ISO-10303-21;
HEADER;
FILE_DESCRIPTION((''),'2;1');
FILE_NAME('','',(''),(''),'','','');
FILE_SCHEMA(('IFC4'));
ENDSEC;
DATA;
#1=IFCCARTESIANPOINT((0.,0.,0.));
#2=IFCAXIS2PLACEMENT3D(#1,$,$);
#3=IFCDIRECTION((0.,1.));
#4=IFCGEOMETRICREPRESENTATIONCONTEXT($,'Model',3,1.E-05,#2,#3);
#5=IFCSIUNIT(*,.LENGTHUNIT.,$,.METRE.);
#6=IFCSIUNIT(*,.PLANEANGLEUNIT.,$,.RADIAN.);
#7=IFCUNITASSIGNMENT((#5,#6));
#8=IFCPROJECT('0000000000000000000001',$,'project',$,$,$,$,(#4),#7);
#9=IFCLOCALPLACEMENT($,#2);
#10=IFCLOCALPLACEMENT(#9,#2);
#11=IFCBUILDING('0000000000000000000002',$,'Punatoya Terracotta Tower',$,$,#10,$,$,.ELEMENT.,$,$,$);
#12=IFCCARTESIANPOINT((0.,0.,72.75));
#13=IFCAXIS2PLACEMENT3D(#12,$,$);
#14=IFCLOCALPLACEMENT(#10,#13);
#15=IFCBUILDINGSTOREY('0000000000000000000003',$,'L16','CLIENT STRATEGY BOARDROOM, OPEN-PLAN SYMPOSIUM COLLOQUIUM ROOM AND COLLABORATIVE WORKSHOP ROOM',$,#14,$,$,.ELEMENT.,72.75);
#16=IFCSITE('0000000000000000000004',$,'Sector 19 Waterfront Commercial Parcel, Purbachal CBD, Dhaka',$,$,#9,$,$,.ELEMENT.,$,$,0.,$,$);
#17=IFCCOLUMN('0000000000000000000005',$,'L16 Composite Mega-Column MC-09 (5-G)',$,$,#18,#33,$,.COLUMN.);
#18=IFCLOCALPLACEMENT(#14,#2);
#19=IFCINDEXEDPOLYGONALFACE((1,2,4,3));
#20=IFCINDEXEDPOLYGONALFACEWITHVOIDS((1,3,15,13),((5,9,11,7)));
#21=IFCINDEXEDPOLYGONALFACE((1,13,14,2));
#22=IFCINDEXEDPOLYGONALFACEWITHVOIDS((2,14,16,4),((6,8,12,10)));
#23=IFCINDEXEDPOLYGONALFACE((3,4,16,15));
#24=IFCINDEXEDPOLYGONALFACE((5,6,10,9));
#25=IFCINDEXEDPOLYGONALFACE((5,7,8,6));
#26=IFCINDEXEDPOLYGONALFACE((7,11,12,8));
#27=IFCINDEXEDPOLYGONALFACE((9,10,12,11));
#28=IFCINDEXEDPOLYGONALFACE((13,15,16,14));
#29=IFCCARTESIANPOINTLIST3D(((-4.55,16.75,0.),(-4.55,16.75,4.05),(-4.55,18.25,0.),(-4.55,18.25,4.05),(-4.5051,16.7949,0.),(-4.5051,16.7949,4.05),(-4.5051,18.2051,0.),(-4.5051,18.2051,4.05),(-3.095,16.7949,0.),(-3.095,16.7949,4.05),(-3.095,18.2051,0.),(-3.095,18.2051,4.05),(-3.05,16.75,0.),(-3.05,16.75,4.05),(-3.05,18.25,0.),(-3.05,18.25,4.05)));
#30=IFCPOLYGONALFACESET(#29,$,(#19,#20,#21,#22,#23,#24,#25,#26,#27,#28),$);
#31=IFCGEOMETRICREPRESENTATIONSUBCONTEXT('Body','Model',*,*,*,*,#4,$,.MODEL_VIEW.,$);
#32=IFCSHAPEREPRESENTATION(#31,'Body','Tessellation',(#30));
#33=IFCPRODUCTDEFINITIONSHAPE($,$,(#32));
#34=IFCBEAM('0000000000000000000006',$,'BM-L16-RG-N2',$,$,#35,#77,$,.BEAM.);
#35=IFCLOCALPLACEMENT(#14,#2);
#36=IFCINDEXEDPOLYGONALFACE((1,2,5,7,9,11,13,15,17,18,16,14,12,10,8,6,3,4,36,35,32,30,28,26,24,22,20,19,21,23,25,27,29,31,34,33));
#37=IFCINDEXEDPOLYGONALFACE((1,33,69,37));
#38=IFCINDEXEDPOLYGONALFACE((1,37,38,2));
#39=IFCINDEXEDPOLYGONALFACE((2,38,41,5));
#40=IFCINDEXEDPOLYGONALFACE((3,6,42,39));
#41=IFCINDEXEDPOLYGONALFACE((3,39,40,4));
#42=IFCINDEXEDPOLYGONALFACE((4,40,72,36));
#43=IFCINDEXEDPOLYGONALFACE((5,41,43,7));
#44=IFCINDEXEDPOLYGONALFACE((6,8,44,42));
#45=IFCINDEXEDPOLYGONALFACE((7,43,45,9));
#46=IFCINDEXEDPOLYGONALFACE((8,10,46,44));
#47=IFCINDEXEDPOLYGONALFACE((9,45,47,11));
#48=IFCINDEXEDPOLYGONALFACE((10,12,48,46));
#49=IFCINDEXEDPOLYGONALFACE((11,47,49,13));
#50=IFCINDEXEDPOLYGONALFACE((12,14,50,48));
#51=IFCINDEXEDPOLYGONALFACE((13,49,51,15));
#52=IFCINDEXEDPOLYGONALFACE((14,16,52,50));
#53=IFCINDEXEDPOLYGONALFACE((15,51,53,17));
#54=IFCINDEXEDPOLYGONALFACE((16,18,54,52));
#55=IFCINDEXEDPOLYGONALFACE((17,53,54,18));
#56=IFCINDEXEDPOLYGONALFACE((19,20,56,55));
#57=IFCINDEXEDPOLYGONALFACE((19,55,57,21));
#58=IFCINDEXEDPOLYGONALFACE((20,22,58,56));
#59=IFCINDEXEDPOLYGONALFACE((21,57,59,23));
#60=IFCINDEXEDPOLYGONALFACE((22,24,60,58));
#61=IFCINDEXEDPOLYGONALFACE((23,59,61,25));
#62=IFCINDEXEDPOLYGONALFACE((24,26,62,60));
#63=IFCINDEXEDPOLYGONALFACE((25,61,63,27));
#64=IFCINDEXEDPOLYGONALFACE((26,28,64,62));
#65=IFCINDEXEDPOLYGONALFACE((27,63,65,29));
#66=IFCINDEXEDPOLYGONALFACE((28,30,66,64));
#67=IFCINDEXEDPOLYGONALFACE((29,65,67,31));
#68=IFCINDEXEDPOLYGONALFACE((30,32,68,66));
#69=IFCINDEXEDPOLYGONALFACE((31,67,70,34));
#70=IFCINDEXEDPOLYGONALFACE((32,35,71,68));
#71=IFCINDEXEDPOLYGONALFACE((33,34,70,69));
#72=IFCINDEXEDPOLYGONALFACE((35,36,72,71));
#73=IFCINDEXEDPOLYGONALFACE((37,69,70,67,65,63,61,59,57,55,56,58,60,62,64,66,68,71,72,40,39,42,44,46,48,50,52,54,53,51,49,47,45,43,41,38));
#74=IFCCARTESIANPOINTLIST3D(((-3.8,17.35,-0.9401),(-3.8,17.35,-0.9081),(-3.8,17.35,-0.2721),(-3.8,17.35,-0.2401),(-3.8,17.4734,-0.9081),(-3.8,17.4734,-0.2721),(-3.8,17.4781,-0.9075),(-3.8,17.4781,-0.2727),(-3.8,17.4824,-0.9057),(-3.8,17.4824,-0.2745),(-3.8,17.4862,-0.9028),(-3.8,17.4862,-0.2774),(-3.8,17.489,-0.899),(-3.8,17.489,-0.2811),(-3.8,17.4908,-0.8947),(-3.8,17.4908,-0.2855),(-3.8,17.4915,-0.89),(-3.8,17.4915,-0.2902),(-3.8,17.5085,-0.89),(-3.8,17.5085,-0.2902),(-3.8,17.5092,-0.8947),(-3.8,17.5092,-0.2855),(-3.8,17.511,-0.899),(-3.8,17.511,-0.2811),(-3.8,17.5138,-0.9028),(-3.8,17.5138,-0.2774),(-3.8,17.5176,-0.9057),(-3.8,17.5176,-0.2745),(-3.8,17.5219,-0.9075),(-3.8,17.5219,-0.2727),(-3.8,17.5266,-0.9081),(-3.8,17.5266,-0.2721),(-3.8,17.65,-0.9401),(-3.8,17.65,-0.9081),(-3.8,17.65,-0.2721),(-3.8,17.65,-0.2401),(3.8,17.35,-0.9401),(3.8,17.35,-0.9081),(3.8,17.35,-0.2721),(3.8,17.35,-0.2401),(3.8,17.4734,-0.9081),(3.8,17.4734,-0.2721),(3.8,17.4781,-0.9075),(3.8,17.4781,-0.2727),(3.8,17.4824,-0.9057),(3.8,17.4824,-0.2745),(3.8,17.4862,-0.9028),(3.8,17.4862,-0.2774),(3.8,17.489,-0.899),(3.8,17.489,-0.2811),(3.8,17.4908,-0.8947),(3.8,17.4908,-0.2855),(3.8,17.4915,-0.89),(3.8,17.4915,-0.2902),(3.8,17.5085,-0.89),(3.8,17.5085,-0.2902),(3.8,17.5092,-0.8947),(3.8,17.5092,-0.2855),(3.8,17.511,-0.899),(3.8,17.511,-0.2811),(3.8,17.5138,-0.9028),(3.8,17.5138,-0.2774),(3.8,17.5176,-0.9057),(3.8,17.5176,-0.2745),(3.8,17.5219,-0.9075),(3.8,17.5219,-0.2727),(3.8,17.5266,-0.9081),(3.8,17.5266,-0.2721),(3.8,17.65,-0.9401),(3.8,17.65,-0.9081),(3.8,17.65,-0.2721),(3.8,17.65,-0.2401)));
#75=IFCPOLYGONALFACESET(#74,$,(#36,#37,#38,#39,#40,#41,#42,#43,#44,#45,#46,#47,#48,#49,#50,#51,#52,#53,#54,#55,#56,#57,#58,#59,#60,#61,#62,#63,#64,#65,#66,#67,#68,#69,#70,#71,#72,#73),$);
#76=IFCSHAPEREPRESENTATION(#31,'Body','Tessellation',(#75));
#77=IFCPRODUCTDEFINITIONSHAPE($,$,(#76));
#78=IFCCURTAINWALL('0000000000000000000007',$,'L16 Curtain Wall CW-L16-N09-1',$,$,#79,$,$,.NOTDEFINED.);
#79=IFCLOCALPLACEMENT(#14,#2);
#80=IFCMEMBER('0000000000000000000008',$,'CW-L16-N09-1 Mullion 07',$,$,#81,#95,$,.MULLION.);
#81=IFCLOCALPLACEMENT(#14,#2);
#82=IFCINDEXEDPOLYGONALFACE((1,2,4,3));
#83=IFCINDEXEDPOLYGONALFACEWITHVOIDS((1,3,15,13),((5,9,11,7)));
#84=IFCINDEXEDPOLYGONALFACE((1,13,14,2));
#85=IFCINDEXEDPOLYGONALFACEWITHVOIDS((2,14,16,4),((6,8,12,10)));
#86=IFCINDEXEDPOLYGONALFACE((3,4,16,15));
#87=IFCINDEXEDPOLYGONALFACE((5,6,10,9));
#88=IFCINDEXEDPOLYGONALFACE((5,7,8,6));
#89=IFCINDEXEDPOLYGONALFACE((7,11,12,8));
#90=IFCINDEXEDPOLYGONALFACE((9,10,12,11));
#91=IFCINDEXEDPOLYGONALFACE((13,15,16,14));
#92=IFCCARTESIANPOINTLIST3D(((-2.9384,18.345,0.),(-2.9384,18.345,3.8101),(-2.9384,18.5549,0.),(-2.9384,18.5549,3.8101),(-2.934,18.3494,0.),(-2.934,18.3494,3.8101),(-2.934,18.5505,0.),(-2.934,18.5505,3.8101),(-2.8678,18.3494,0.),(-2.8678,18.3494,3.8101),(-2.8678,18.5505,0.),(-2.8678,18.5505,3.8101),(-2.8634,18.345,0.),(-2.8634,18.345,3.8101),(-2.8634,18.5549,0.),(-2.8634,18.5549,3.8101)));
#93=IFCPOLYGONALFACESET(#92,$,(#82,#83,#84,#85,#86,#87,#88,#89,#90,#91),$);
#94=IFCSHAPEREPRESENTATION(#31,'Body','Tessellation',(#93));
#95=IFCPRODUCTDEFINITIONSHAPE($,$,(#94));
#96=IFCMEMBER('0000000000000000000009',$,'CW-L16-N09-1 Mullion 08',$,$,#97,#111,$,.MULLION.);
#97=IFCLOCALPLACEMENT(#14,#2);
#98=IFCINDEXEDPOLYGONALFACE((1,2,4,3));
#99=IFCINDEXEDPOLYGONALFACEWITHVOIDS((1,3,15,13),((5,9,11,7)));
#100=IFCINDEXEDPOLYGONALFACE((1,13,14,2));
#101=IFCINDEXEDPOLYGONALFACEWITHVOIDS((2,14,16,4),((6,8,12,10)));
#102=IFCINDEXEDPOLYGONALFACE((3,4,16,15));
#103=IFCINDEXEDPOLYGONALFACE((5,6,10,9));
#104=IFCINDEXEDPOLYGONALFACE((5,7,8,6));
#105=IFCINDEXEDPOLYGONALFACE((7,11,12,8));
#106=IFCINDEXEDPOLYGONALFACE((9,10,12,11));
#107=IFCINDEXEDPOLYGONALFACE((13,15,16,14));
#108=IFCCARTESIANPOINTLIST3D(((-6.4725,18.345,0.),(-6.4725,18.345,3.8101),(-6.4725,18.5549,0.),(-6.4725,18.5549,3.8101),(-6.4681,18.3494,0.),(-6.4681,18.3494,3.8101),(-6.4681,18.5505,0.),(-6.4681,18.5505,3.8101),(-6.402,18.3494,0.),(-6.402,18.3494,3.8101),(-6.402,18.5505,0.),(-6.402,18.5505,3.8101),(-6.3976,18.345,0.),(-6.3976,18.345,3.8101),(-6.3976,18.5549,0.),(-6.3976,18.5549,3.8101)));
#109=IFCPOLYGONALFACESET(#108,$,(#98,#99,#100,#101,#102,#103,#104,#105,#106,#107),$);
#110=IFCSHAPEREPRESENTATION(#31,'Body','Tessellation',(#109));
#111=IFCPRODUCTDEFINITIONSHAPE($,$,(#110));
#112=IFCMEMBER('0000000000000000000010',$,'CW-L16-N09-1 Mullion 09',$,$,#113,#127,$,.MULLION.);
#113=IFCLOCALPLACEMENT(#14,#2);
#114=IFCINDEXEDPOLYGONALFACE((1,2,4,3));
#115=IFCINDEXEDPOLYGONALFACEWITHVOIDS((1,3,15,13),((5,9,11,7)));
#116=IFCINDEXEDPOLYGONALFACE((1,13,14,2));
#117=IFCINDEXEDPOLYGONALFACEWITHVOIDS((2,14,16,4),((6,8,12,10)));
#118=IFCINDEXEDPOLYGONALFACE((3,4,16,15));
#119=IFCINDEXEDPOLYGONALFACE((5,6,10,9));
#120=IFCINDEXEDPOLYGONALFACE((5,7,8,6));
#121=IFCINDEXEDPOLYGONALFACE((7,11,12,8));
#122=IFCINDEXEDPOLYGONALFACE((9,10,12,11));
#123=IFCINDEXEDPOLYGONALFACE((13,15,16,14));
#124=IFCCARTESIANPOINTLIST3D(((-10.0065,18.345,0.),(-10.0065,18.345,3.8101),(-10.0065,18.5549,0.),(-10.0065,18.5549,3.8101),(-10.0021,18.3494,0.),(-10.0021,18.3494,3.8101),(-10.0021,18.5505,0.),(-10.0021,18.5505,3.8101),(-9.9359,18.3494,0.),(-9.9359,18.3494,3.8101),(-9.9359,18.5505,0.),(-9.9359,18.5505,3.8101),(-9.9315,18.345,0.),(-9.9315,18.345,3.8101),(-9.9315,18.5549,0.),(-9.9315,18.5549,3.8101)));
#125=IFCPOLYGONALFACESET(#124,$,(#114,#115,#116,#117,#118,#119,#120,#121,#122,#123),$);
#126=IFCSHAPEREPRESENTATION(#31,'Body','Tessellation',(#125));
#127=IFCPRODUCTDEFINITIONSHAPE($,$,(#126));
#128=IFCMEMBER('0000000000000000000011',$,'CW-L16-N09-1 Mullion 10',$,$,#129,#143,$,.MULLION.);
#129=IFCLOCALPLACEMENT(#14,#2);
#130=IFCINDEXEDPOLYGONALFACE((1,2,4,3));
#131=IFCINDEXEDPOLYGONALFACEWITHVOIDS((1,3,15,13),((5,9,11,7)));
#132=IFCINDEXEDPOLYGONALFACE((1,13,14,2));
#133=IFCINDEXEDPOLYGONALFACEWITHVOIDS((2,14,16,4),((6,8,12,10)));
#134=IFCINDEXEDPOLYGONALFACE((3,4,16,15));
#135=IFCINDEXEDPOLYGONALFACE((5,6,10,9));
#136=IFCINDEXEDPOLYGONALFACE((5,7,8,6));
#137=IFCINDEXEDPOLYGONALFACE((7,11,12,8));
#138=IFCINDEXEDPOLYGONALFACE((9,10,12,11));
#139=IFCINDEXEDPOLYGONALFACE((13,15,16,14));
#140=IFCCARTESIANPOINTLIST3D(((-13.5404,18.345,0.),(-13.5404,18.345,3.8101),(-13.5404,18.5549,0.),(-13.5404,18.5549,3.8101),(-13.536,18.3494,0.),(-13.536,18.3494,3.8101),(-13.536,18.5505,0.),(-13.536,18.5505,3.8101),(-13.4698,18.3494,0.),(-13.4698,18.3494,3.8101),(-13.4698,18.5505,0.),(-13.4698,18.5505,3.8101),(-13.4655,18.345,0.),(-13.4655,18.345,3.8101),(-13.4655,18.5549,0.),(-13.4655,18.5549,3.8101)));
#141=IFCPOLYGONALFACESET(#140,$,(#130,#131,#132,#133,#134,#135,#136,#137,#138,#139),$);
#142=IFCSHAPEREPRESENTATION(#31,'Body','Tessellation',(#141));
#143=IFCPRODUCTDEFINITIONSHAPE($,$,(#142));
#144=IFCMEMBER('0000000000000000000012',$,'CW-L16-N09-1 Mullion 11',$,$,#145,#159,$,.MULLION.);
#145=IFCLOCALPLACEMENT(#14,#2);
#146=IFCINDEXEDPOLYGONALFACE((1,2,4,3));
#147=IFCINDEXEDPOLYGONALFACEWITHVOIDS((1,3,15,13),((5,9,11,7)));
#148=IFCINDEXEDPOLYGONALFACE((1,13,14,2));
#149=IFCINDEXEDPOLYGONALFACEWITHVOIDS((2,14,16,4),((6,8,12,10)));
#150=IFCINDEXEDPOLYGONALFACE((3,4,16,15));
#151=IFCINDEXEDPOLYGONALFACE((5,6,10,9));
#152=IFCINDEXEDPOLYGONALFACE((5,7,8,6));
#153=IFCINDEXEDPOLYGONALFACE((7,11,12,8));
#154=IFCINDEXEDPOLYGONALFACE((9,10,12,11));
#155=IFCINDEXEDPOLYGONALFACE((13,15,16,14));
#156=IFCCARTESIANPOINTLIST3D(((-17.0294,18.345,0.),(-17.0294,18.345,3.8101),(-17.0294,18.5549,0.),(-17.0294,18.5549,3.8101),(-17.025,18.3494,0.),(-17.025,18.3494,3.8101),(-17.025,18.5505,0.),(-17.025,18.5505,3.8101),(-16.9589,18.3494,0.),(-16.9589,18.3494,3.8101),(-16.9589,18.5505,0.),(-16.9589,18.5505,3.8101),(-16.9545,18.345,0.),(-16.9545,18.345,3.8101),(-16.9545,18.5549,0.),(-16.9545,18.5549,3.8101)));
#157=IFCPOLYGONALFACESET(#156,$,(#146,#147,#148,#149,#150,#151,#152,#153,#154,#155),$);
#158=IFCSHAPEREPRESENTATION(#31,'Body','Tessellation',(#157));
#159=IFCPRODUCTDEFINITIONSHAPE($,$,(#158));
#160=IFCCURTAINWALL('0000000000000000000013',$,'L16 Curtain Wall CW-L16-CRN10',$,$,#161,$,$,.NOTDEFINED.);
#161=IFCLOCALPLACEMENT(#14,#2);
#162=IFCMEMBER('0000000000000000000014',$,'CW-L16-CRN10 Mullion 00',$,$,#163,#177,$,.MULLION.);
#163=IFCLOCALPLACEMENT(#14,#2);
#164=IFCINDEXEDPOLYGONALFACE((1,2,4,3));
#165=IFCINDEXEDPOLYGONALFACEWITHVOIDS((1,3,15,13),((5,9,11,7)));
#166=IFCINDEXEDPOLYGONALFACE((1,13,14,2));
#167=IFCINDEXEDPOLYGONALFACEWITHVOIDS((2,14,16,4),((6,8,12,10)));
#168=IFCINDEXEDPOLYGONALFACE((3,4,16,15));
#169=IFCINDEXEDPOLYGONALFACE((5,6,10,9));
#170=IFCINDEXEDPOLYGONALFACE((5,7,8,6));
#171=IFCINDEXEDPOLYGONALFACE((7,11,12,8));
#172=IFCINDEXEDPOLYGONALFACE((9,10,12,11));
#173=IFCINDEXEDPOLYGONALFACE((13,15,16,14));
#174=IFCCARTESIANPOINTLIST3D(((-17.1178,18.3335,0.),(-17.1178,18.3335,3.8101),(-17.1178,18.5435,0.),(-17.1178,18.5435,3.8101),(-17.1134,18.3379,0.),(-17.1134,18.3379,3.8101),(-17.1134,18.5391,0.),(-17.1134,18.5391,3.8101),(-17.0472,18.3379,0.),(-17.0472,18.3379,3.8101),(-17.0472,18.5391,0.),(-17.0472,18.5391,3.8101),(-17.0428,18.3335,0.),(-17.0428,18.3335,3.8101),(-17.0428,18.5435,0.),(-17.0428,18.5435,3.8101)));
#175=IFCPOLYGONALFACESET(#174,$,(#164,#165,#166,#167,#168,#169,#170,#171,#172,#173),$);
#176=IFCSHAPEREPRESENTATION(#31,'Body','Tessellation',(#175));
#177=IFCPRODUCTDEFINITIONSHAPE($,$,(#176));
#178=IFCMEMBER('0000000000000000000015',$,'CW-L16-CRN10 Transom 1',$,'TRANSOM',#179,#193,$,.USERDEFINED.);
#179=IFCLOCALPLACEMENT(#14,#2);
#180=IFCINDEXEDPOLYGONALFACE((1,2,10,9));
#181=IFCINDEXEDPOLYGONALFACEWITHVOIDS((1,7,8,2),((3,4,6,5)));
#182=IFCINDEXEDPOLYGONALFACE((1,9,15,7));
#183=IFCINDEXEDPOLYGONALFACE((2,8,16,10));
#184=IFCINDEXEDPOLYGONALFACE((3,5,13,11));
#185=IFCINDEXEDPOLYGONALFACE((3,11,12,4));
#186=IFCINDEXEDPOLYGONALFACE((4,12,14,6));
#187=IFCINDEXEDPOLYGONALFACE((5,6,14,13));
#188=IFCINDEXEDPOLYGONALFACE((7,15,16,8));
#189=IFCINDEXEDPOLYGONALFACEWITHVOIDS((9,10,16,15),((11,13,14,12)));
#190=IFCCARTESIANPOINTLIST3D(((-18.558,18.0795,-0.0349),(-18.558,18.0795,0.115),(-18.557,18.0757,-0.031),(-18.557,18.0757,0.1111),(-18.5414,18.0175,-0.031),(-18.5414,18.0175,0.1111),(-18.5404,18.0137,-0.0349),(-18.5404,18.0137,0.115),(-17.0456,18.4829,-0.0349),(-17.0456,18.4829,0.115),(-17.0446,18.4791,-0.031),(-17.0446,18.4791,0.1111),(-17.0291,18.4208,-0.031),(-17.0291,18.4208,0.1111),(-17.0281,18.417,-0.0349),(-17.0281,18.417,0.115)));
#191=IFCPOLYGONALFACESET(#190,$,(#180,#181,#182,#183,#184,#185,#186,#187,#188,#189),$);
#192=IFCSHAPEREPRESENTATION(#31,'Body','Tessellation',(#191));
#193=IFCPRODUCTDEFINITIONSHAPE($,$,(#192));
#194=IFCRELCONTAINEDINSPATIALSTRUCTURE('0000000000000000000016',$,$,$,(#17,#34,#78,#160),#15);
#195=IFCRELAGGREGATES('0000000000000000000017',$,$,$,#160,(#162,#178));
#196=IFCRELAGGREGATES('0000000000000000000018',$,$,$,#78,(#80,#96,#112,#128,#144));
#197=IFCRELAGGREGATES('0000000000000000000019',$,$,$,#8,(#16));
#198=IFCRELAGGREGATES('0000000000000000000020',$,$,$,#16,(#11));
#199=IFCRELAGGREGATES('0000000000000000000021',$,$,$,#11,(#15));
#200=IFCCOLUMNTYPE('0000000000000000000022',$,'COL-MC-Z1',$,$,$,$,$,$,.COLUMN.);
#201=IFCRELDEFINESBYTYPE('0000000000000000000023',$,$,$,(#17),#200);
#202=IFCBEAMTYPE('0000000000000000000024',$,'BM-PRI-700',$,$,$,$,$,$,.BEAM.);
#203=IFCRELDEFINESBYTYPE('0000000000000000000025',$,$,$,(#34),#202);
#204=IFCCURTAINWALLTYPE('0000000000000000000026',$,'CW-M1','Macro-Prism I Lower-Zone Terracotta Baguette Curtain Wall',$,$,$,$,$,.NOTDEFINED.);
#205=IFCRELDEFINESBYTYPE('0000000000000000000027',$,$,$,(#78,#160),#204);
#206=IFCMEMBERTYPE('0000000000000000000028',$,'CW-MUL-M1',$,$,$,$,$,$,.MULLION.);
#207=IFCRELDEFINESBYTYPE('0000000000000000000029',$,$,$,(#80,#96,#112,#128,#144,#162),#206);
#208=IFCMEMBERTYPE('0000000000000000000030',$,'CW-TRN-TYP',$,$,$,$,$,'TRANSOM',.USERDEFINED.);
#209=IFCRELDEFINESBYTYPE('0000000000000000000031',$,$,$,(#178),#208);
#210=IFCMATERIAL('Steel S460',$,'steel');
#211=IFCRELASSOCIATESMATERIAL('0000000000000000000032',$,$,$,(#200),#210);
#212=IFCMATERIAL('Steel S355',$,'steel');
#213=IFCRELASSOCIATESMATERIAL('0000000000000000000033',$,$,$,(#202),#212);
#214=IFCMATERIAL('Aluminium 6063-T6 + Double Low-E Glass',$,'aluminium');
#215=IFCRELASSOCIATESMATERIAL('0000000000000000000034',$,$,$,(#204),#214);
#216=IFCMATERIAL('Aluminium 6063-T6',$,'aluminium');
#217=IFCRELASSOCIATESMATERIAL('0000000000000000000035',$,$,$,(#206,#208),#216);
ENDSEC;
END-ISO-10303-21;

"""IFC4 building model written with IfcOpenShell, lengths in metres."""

from ifc_helpers import new_model, si_unit, direction, frame, origin, origin_2d, place, context, subcontext, project, spatial, hollow_rectangle, i_section, extrude, material, material_profile, profile_set, type_object, element, aggregate, save


model = new_model("IFC4")

# Units and contexts
model_context = context("Model", 3, precision=1e-05, world=origin(), true_north=direction((0.0, 1.0)))
body_context = subcontext(model_context, "Body", "Model", "MODEL_VIEW")
ifc_project = project(units=[si_unit("LENGTHUNIT", "METRE"), si_unit("PLANEANGLEUNIT", "RADIAN")], contexts=[model_context])

# Site, building, storey
site_placement = place(None, origin())
site = spatial("IfcSite", under=ifc_project, at=site_placement, Name="Sector 19 Waterfront Commercial Parcel, Purbachal CBD, Dhaka", CompositionType="ELEMENT", RefElevation=0.0)
building_placement = place(site_placement, origin())
building = spatial("IfcBuilding", under=site, at=building_placement, Name="Punatoya Terracotta Tower", CompositionType="ELEMENT")
storey_placement = place(building_placement, frame((0.0, 0.0, 72.75)))
storey = spatial("IfcBuildingStorey", under=building, at=storey_placement, Name="L16", Description="CLIENT STRATEGY BOARDROOM, OPEN-PLAN SYMPOSIUM COLLOQUIUM ROOM AND COLLABORATIVE WORKSHOP ROOM", CompositionType="ELEMENT", Elevation=72.75)

# Column
ifc_material_1 = material(Name="Steel S460", Category="steel")
ifc_material_profile_1 = material_profile(ifc_material_1, hollow_rectangle(XDim=1.5, YDim=1.5, WallThickness=0.0449, at=origin_2d()))
ifc_profile_set_1 = profile_set([ifc_material_profile_1], Name="Steel S460")
column_type = type_object("IfcColumnType", Name="COL-MC-Z1", PredefinedType="COLUMN", material=ifc_profile_set_1)
column_placement = place(storey_placement, frame((-3.8, 17.5, 0.0), z_axis=(0.0, 0.0, 1.0), x_axis=(1.0, 0.0, 0.0)))
element("IfcColumn", 1, at=column_placement, inside=storey, type_object=column_type, Name="L16 Composite Mega-Column MC-09 (5-G)", PredefinedType="COLUMN", context=body_context, shape_type="SweptSolid", body=[
    extrude(hollow_rectangle(XDim=1.5, YDim=1.5, WallThickness=0.0449, at=origin_2d()), origin(), (0.0, 0.0, 1.0), 4.05),
])

# Beam
ifc_material_2 = material(Name="Steel S355", Category="steel")
ifc_material_profile_2 = material_profile(ifc_material_2, i_section(OverallWidth=0.3, OverallDepth=0.7, WebThickness=0.0171, FlangeThickness=0.032, FilletRadius=0.0181, at=origin_2d()))
ifc_profile_set_2 = profile_set([ifc_material_profile_2], Name="Steel S355")
beam_type = type_object("IfcBeamType", Name="BM-PRI-700", PredefinedType="BEAM", material=ifc_profile_set_2)
beam_placement = place(storey_placement, frame((-3.8, 17.5, -0.5901), z_axis=(1.0, 0.0, 0.0), x_axis=(0.0, 1.0, 0.0)))
element("IfcBeam", 2, at=beam_placement, inside=storey, type_object=beam_type, Name="BM-L16-RG-N2", PredefinedType="BEAM", context=body_context, shape_type="SweptSolid", body=[
    extrude(i_section(OverallWidth=0.3, OverallDepth=0.7, WebThickness=0.0171, FlangeThickness=0.032, FilletRadius=0.0181, at=origin_2d()), origin(), (0.0, 0.0, 1.0), 7.6001),
])

# Curtain walls, members
ifc_material_3 = material(Name="Aluminium 6063-T6 + Double Low-E Glass", Category="aluminium")
curtain_wall_type = type_object("IfcCurtainWallType", Name="CW-M1", Description="Macro-Prism I Lower-Zone Terracotta Baguette Curtain Wall", PredefinedType="NOTDEFINED", material=ifc_material_3)
curtain_wall_1_placement = place(storey_placement, origin())
curtain_wall_1 = element("IfcCurtainWall", 3, at=curtain_wall_1_placement, inside=storey, type_object=curtain_wall_type, Name="L16 Curtain Wall CW-L16-N09-1", PredefinedType="NOTDEFINED")
ifc_material_4 = material(Name="Aluminium 6063-T6", Category="aluminium")
ifc_material_profile_3 = material_profile(ifc_material_4, hollow_rectangle(XDim=0.075, YDim=0.21, WallThickness=0.0044, at=origin_2d()))
ifc_profile_set_3 = profile_set([ifc_material_profile_3], Name="Aluminium 6063-T6")
member_type_1 = type_object("IfcMemberType", Name="CW-MUL-M1", PredefinedType="MULLION", material=ifc_profile_set_3)
member_1_placement = place(storey_placement, frame((-2.9009, 18.45, 0.0), z_axis=(0.0, 0.0, 1.0), x_axis=(1.0, 0.0, 0.0)))
member_1 = element("IfcMember", 4, at=member_1_placement, type_object=member_type_1, Name="CW-L16-N09-1 Mullion 07", PredefinedType="MULLION", context=body_context, shape_type="SweptSolid", body=[
    extrude(hollow_rectangle(XDim=0.075, YDim=0.21, WallThickness=0.0044, at=origin_2d()), origin(), (0.0, 0.0, 1.0), 3.8101),
])
member_2_placement = place(storey_placement, frame((-6.4351, 18.45, 0.0), z_axis=(0.0, 0.0, 1.0), x_axis=(1.0, 0.0, 0.0)))
member_2 = element("IfcMember", 5, at=member_2_placement, type_object=member_type_1, Name="CW-L16-N09-1 Mullion 08", PredefinedType="MULLION", context=body_context, shape_type="SweptSolid", body=[
    extrude(hollow_rectangle(XDim=0.075, YDim=0.21, WallThickness=0.0044, at=origin_2d()), origin(), (0.0, 0.0, 1.0), 3.8101),
])
member_3_placement = place(storey_placement, frame((-9.969, 18.45, 0.0), z_axis=(0.0, 0.0, 1.0), x_axis=(1.0, 0.0, 0.0)))
member_3 = element("IfcMember", 6, at=member_3_placement, type_object=member_type_1, Name="CW-L16-N09-1 Mullion 09", PredefinedType="MULLION", context=body_context, shape_type="SweptSolid", body=[
    extrude(hollow_rectangle(XDim=0.075, YDim=0.21, WallThickness=0.0044, at=origin_2d()), origin(), (0.0, 0.0, 1.0), 3.8101),
])
member_4_placement = place(storey_placement, frame((-13.5029, 18.45, 0.0), z_axis=(0.0, 0.0, 1.0), x_axis=(1.0, 0.0, 0.0)))
member_4 = element("IfcMember", 7, at=member_4_placement, type_object=member_type_1, Name="CW-L16-N09-1 Mullion 10", PredefinedType="MULLION", context=body_context, shape_type="SweptSolid", body=[
    extrude(hollow_rectangle(XDim=0.075, YDim=0.21, WallThickness=0.0044, at=origin_2d()), origin(), (0.0, 0.0, 1.0), 3.8101),
])
member_5_placement = place(storey_placement, frame((-16.9919, 18.45, 0.0), z_axis=(0.0, 0.0, 1.0), x_axis=(1.0, 0.0, 0.0)))
member_5 = element("IfcMember", 8, at=member_5_placement, type_object=member_type_1, Name="CW-L16-N09-1 Mullion 11", PredefinedType="MULLION", context=body_context, shape_type="SweptSolid", body=[
    extrude(hollow_rectangle(XDim=0.075, YDim=0.21, WallThickness=0.0044, at=origin_2d()), origin(), (0.0, 0.0, 1.0), 3.8101),
])
curtain_wall_2_placement = place(storey_placement, origin())
curtain_wall_2 = element("IfcCurtainWall", 9, at=curtain_wall_2_placement, inside=storey, type_object=curtain_wall_type, Name="L16 Curtain Wall CW-L16-CRN10", PredefinedType="NOTDEFINED")
member_6_placement = place(storey_placement, frame((-17.0803, 18.4385, 0.0), z_axis=(0.0, 0.0, 1.0), x_axis=(1.0, 0.0, 0.0)))
member_6 = element("IfcMember", 10, at=member_6_placement, type_object=member_type_1, Name="CW-L16-CRN10 Mullion 00", PredefinedType="MULLION", context=body_context, shape_type="SweptSolid", body=[
    extrude(hollow_rectangle(XDim=0.075, YDim=0.21, WallThickness=0.0044, at=origin_2d()), origin(), (0.0, 0.0, 1.0), 3.8101),
])
ifc_material_profile_4 = material_profile(ifc_material_4, hollow_rectangle(XDim=0.0681, YDim=0.1499, WallThickness=0.0039, at=origin_2d()))
ifc_profile_set_4 = profile_set([ifc_material_profile_4], Name="Aluminium 6063-T6")
member_type_2 = type_object("IfcMemberType", Name="CW-TRN-TYP", ElementType="TRANSOM", PredefinedType="USERDEFINED", material=ifc_profile_set_4)
member_7_placement = place(storey_placement, frame((-17.0369, 18.45, 0.04), z_axis=(-0.966225, -0.257701, 0.0), x_axis=(0.257701, -0.966225, 0.0)))
member_7 = element("IfcMember", 11, at=member_7_placement, type_object=member_type_2, Name="CW-L16-CRN10 Transom 1", ObjectType="TRANSOM", PredefinedType="USERDEFINED", context=body_context, shape_type="SweptSolid", body=[
    extrude(hollow_rectangle(XDim=0.0681, YDim=0.1499, WallThickness=0.0039, at=origin_2d()), origin(), (0.0, 0.0, 1.0), 1.5652),
])
aggregate(curtain_wall_2, [member_6, member_7])

aggregate(curtain_wall_1, [member_1, member_2, member_3, member_4, member_5])

save(model, "model.ifc")
